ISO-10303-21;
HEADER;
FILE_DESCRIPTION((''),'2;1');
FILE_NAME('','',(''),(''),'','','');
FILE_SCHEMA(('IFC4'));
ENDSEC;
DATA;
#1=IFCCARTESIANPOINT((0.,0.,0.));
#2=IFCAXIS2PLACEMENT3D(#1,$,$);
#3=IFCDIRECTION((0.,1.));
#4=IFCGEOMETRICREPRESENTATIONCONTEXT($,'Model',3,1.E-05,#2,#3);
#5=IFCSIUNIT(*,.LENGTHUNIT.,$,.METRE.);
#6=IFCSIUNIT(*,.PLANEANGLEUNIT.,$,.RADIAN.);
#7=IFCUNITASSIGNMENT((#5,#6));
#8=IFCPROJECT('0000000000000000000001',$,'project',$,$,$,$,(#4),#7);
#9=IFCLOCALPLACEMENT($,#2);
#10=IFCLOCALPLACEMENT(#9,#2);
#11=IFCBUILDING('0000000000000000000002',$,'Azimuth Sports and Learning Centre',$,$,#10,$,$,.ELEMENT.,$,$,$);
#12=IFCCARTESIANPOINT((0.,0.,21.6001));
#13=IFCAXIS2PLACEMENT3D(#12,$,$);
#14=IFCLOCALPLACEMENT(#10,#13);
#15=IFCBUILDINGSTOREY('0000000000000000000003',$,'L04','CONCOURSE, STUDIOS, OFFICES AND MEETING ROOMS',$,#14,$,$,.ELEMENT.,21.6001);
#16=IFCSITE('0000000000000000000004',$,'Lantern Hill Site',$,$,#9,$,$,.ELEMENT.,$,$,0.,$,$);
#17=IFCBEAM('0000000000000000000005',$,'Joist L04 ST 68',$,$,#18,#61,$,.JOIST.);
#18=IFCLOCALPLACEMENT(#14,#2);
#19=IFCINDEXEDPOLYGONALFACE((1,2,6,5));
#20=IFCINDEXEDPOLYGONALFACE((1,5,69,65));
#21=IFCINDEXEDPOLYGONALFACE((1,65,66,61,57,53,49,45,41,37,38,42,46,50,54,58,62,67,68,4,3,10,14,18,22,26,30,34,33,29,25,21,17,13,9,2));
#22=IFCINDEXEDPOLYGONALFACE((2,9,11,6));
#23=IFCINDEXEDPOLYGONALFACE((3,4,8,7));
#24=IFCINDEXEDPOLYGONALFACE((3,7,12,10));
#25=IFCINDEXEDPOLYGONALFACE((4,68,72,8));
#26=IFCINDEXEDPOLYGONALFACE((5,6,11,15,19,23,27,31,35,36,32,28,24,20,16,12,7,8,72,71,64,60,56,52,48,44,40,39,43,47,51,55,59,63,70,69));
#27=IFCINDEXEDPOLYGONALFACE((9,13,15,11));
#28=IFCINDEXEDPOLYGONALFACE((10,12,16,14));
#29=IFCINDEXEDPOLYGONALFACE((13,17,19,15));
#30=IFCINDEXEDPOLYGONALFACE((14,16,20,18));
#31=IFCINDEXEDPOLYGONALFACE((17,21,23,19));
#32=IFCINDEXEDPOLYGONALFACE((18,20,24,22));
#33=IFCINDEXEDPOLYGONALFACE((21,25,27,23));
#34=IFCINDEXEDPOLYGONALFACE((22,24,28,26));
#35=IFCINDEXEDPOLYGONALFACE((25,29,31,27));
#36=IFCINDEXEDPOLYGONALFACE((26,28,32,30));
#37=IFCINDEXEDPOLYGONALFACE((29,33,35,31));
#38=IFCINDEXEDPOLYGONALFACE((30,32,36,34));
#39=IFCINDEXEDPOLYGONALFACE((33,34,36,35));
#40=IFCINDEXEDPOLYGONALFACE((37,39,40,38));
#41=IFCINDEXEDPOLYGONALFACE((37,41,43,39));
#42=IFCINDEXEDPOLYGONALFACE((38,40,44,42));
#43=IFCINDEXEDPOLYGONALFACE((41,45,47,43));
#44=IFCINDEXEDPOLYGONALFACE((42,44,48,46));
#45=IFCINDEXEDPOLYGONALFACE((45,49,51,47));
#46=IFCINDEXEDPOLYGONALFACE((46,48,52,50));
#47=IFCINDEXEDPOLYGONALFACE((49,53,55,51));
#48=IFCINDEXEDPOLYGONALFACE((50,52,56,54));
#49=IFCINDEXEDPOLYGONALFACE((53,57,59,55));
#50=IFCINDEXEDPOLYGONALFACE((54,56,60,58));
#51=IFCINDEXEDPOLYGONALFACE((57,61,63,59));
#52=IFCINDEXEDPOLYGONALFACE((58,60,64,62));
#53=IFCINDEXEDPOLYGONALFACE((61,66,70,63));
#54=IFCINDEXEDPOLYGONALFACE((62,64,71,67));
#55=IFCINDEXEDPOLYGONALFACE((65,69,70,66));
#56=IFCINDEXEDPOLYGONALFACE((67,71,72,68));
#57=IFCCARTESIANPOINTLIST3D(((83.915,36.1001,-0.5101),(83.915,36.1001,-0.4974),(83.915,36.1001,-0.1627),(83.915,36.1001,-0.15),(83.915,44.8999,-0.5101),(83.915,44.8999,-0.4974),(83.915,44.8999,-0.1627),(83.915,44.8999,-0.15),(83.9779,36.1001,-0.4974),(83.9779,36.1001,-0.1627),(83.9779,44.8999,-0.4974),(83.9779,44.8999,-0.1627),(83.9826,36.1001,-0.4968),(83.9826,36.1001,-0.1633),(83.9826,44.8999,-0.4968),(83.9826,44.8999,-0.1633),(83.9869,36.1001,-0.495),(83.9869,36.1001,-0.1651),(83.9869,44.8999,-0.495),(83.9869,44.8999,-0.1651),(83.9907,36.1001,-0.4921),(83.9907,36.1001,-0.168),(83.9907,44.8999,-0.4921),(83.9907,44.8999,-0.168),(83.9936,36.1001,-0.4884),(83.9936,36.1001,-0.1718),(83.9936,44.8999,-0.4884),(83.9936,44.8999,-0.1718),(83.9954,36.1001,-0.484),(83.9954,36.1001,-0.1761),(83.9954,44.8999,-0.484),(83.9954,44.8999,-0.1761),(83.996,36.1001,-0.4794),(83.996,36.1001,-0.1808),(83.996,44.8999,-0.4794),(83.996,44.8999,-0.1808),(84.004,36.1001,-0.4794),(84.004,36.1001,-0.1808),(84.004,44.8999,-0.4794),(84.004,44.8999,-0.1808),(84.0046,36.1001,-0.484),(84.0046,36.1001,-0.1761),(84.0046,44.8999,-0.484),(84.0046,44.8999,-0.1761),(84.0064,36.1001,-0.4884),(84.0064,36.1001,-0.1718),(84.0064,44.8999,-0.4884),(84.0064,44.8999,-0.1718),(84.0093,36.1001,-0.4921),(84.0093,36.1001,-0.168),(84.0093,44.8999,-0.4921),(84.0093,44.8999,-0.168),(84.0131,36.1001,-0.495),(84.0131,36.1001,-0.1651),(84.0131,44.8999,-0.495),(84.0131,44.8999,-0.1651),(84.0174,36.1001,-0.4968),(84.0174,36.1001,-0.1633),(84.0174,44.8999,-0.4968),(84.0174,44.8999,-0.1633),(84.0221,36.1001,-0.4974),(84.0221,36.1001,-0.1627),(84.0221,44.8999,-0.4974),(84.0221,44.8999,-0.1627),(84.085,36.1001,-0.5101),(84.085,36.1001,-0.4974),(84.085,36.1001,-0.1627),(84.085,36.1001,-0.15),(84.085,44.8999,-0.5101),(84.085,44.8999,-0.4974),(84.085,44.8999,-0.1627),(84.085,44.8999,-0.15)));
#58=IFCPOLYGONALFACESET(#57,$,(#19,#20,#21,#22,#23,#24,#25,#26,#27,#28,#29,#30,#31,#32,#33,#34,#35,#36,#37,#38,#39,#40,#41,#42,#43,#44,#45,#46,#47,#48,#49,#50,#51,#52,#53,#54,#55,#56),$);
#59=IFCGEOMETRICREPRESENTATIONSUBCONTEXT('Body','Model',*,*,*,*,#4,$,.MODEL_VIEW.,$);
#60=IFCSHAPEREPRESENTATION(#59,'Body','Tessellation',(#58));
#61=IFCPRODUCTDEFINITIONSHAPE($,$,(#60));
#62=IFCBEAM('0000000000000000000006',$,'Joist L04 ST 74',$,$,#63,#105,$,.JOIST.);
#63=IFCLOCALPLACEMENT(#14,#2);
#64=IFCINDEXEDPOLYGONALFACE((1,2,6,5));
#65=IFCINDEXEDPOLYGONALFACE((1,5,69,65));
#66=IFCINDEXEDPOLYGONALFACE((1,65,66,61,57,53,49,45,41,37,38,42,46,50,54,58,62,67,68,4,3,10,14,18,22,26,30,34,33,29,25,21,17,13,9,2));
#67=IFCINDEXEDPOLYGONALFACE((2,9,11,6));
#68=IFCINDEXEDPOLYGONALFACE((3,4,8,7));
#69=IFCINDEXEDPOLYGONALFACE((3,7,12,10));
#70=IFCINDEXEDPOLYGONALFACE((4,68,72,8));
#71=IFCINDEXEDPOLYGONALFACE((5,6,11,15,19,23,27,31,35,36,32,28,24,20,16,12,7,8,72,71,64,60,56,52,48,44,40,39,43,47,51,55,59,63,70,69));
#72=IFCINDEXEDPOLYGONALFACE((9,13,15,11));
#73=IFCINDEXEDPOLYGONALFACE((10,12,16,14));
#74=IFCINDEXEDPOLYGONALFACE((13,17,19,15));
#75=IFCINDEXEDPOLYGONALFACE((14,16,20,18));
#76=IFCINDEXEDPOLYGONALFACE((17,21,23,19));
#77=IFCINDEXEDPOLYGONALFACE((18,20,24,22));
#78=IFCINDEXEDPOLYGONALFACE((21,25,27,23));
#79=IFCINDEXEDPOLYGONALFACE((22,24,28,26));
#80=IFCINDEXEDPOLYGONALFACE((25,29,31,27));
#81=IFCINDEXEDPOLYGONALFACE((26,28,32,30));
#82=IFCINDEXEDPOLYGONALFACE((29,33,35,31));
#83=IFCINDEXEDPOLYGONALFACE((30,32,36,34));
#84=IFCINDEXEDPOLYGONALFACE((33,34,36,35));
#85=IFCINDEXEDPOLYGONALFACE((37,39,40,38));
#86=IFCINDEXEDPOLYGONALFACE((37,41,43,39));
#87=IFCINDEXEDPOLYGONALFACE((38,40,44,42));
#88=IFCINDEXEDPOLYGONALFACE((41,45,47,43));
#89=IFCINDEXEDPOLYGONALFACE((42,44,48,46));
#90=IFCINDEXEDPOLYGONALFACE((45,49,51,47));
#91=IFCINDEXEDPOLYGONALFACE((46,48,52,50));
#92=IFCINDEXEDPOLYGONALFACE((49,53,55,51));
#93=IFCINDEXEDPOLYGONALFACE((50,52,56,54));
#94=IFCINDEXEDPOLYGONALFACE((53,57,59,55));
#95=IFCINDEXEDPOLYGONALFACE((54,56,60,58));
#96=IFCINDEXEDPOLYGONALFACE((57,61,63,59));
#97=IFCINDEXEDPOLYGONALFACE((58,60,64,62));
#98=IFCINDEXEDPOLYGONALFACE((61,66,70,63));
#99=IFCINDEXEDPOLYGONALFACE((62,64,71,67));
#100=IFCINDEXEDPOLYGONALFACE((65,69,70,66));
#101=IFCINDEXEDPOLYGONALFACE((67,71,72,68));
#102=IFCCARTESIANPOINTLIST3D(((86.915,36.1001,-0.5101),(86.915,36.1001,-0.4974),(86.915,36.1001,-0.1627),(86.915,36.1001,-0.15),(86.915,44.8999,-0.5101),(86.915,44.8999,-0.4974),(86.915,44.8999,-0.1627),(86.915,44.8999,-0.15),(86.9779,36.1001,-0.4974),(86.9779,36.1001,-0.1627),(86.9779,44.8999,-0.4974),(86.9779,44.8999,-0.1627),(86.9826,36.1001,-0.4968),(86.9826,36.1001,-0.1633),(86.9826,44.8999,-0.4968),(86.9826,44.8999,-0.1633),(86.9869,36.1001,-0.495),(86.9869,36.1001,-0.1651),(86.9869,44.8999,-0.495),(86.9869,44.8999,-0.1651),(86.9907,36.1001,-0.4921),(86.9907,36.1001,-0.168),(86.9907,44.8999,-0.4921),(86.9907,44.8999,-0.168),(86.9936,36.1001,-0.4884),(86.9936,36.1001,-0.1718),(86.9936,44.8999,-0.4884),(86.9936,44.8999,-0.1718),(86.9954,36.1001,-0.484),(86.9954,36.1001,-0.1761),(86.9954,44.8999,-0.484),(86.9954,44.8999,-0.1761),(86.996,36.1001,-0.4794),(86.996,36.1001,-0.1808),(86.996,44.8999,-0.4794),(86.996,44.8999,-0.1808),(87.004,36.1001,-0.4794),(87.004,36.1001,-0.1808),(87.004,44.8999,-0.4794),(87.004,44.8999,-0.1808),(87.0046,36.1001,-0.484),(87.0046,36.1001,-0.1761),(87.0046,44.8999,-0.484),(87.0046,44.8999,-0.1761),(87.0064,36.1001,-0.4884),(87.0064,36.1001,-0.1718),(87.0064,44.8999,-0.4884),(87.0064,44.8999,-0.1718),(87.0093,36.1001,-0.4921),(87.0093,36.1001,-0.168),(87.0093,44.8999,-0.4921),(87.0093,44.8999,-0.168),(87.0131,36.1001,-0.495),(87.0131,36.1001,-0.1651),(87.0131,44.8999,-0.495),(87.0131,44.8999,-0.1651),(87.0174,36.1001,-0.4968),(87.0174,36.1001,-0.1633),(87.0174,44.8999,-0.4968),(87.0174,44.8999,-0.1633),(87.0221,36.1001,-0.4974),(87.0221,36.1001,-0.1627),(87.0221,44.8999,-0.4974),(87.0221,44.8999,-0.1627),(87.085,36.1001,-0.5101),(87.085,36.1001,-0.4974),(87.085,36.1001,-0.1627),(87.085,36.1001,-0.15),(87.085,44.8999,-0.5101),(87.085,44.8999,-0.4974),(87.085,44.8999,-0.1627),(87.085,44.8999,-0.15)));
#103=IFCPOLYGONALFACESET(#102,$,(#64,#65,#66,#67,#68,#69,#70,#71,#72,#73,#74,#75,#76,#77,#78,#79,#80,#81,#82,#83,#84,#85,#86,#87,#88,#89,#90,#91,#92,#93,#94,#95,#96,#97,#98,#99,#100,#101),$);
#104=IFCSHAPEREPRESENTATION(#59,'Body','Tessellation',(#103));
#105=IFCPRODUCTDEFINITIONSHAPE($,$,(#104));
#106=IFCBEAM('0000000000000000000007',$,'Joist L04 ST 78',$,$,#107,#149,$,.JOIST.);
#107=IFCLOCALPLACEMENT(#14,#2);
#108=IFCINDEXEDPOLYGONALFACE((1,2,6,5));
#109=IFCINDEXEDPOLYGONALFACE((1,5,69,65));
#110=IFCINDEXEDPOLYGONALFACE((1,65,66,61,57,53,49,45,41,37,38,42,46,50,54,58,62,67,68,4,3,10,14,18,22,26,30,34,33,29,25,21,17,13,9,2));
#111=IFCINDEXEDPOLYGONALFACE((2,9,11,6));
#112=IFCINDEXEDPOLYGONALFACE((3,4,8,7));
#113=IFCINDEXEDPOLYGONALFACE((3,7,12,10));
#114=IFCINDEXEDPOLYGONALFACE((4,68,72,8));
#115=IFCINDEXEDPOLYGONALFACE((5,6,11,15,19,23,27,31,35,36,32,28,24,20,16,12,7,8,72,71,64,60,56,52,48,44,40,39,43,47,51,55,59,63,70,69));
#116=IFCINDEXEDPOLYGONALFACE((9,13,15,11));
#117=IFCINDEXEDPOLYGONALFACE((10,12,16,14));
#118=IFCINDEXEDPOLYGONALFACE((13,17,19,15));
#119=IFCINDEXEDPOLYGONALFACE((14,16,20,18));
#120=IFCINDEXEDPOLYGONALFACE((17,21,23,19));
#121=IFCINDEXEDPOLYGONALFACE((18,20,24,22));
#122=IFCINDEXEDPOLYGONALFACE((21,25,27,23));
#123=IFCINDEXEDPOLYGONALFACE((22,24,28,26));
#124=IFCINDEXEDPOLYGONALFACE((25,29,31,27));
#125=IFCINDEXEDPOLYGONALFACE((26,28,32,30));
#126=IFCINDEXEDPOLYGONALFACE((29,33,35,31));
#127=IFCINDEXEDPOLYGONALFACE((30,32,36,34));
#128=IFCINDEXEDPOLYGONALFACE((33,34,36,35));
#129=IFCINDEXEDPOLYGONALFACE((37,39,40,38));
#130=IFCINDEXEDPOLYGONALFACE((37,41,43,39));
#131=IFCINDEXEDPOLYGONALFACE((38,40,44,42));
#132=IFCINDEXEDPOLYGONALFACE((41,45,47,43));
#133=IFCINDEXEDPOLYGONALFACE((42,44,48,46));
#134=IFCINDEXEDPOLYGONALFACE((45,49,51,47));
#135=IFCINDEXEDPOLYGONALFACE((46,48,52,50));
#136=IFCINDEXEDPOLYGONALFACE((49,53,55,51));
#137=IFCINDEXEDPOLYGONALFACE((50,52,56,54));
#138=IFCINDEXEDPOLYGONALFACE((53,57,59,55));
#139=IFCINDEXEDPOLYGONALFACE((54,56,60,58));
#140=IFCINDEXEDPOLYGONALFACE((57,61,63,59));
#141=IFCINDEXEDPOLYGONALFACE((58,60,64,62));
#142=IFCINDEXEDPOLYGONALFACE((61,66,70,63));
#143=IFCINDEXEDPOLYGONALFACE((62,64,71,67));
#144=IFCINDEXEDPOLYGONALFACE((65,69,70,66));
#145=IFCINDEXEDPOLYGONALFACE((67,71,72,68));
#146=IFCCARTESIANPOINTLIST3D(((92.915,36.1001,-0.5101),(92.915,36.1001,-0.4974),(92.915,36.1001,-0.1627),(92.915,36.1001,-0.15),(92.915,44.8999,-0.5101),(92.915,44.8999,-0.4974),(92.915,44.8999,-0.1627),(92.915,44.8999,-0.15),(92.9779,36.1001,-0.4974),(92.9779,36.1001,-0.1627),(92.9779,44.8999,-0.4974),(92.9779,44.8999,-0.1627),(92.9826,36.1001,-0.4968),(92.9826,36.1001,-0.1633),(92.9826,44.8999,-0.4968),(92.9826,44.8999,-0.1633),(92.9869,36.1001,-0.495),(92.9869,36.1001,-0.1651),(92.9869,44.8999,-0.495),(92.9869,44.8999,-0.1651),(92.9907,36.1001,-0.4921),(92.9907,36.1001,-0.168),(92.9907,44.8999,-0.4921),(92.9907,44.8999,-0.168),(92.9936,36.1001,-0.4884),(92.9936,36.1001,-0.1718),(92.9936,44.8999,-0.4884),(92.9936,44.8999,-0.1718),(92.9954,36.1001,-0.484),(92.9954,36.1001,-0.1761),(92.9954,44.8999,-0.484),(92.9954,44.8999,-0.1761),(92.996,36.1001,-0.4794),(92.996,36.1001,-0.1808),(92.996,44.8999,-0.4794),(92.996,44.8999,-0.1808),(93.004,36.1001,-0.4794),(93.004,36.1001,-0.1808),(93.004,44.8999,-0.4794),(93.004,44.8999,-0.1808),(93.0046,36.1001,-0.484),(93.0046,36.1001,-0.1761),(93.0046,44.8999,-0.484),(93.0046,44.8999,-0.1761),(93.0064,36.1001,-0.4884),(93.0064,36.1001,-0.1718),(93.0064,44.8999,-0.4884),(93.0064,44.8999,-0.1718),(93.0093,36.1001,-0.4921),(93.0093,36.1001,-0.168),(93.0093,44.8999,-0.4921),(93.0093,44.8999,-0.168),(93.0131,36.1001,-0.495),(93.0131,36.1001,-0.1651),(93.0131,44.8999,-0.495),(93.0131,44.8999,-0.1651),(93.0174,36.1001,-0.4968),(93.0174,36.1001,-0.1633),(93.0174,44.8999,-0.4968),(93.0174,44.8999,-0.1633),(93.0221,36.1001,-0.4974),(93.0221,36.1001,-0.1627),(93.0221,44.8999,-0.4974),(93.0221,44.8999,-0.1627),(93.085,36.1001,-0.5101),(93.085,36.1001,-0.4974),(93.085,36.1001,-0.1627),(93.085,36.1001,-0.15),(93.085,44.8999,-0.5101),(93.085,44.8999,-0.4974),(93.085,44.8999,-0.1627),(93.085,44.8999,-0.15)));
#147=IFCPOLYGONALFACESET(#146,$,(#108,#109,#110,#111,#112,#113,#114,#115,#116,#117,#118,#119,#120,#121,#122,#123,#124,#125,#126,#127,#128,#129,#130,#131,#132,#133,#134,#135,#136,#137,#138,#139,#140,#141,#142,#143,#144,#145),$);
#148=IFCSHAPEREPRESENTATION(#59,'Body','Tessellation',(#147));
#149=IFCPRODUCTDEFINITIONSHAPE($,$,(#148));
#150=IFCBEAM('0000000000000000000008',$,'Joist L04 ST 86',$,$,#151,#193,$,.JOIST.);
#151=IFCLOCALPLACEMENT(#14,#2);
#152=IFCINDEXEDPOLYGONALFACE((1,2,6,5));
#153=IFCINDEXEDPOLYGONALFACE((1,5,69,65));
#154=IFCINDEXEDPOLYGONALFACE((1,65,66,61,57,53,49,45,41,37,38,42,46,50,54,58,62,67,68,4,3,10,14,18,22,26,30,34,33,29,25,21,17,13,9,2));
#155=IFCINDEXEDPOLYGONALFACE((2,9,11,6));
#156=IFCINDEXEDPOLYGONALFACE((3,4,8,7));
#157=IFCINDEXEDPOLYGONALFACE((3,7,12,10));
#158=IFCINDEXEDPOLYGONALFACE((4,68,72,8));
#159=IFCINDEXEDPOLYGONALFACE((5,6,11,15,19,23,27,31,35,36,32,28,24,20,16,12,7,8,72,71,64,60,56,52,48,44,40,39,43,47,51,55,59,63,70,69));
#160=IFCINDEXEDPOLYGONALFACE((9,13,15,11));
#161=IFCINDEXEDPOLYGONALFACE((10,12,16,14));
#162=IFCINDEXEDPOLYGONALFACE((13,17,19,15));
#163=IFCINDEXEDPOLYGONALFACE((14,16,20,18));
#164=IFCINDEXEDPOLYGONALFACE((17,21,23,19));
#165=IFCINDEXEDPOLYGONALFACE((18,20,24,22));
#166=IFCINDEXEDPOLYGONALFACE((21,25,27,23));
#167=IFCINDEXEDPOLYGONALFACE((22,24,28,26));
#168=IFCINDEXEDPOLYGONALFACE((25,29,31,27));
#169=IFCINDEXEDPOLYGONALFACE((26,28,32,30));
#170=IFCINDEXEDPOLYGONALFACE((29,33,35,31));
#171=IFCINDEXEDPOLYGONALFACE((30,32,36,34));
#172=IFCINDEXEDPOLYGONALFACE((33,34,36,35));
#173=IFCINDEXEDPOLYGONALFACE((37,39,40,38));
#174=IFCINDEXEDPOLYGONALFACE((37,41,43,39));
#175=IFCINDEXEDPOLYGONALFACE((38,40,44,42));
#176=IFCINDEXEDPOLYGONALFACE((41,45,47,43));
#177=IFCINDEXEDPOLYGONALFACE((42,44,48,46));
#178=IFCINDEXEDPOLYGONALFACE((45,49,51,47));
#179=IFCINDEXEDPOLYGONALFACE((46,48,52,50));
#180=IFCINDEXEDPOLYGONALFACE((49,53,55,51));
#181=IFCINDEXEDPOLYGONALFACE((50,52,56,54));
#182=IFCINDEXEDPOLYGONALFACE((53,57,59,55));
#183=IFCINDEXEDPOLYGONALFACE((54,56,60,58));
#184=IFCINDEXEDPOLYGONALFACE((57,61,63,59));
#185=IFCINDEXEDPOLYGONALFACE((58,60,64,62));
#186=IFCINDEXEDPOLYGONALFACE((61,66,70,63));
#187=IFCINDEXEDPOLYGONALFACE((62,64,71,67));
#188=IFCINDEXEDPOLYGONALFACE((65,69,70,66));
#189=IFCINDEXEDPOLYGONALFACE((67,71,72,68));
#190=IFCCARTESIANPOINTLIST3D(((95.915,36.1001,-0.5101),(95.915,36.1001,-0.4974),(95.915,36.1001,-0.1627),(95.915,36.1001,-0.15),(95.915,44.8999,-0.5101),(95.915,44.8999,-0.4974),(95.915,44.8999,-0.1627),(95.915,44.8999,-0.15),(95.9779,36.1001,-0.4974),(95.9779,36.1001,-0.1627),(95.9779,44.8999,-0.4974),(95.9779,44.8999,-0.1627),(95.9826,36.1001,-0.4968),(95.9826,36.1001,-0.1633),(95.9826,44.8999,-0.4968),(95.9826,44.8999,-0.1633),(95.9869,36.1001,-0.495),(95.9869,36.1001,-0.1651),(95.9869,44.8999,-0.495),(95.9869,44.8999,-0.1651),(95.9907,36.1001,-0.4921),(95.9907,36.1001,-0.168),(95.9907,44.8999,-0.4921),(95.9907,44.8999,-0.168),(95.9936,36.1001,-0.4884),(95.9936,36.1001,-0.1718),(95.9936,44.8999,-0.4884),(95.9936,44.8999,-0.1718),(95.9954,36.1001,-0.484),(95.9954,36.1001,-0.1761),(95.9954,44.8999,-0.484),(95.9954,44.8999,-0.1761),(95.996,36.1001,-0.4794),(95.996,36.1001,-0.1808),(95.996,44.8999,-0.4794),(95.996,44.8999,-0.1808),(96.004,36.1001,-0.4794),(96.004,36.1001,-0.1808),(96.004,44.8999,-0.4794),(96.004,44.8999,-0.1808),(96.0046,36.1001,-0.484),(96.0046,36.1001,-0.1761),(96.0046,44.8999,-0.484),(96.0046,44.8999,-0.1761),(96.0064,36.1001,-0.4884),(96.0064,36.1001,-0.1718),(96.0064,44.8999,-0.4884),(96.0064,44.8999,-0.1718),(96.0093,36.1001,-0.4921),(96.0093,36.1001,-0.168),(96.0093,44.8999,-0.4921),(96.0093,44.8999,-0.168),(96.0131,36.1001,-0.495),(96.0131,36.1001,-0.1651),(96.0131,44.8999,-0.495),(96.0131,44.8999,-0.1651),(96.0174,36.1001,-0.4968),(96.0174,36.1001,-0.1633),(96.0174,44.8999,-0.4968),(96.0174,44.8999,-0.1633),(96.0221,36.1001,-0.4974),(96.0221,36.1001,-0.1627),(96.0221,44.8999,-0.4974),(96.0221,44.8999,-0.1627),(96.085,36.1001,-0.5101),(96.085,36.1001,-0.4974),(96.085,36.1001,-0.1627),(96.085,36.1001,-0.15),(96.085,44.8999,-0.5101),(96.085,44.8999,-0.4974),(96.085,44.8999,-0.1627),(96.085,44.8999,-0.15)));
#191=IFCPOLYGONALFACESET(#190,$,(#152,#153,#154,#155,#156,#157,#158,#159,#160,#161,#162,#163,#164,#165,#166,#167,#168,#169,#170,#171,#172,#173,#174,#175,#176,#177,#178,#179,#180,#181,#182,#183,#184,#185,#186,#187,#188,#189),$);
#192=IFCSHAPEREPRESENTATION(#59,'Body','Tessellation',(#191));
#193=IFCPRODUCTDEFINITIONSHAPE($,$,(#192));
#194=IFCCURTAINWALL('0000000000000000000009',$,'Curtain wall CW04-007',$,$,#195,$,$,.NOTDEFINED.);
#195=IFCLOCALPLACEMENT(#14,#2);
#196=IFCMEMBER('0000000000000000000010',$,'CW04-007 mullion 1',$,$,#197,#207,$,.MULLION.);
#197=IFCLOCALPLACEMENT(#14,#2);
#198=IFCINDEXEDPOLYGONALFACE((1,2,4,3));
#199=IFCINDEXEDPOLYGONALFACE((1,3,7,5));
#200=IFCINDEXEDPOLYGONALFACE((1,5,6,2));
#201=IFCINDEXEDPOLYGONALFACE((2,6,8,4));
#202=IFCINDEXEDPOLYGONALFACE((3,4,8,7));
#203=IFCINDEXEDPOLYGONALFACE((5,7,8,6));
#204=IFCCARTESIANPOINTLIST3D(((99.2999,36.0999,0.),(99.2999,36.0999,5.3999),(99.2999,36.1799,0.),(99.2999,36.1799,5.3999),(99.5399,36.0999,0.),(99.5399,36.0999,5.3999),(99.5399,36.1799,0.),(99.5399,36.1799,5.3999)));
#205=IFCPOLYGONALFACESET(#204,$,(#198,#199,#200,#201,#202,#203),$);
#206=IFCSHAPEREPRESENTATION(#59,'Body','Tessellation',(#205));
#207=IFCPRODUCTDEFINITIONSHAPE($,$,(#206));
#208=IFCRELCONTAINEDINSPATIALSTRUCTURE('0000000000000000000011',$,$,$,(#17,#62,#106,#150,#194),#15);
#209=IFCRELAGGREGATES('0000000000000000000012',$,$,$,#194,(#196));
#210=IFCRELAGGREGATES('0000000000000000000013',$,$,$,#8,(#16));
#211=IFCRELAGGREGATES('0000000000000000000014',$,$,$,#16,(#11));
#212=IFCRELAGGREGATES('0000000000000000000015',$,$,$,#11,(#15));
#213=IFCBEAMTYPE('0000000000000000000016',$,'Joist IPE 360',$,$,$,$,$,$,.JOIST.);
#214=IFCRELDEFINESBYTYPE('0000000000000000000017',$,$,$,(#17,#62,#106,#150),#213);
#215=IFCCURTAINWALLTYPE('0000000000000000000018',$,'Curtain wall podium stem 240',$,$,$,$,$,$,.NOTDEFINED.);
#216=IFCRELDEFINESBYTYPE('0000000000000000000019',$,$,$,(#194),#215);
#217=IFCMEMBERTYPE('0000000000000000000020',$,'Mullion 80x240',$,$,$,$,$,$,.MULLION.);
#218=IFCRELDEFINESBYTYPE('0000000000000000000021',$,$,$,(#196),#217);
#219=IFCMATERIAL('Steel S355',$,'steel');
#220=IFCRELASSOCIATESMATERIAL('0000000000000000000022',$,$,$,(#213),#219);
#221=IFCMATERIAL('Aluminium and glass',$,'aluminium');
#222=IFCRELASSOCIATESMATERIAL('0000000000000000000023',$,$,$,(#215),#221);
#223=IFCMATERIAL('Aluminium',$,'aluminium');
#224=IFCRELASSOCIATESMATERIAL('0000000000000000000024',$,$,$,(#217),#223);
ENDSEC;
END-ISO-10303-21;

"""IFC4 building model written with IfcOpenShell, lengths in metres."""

from ifc_helpers import new_model, si_unit, direction, frame, origin, origin_2d, place, context, subcontext, project, spatial, rectangle, i_section, extrude, material, material_profile, profile_set, type_object, element, aggregate, save


model = new_model("IFC4")

# Units and contexts
model_context = context("Model", 3, precision=1e-05, world=origin(), true_north=direction((0.0, 1.0)))
body_context = subcontext(model_context, "Body", "Model", "MODEL_VIEW")
ifc_project = project(units=[si_unit("LENGTHUNIT", "METRE"), si_unit("PLANEANGLEUNIT", "RADIAN")], contexts=[model_context])

# Site, building, storey
site_placement = place(None, origin())
site = spatial("IfcSite", under=ifc_project, at=site_placement, Name="Lantern Hill Site", CompositionType="ELEMENT", RefElevation=0.0)
building_placement = place(site_placement, origin())
building = spatial("IfcBuilding", under=site, at=building_placement, Name="Azimuth Sports and Learning Centre", CompositionType="ELEMENT")
storey_placement = place(building_placement, frame((0.0, 0.0, 21.6001)))
storey = spatial("IfcBuildingStorey", under=building, at=storey_placement, Name="L04", Description="CONCOURSE, STUDIOS, OFFICES AND MEETING ROOMS", CompositionType="ELEMENT", Elevation=21.6001)

# Beams
ifc_material_1 = material(Name="Steel S355", Category="steel")
ifc_material_profile_1 = material_profile(ifc_material_1, i_section(OverallWidth=0.1699, OverallDepth=0.3601, WebThickness=0.0081, FlangeThickness=0.0127, FilletRadius=0.0181, at=origin_2d()), Name="IPE 360")
ifc_profile_set_1 = profile_set([ifc_material_profile_1], Name="Steel S355")
beam_type_1 = type_object("IfcBeamType", Name="Joist IPE 360", PredefinedType="JOIST", material=ifc_profile_set_1)
for number, where, z_axis, x_axis, name in (
    (1, (84.0, 36.1001, -0.3301), (0.0, 1.0, 0.0), (-1.0, 0.0, 0.0), "Joist L04 ST 68"),
    (2, (87.0, 36.1001, -0.3301), (0.0, 1.0, 0.0), (-1.0, 0.0, 0.0), "Joist L04 ST 74"),
    (3, (93.0, 36.1001, -0.3301), (0.0, 1.0, 0.0), (-1.0, 0.0, 0.0), "Joist L04 ST 78"),
    (4, (96.0, 36.1001, -0.3301), (0.0, 1.0, 0.0), (-1.0, 0.0, 0.0), "Joist L04 ST 86"),
):
    element("IfcBeam", number, at=place(storey_placement, frame(where, z_axis=z_axis, x_axis=x_axis)), inside=storey, type_object=beam_type_1, Name=name, PredefinedType="JOIST", context=body_context, shape_type="SweptSolid", body=[
        extrude(i_section(OverallWidth=0.1699, OverallDepth=0.3601, WebThickness=0.0081, FlangeThickness=0.0127, FilletRadius=0.0181, at=origin_2d()), origin(), (0.0, 0.0, 1.0), 8.7998),
    ])

# Curtain wall, member
ifc_material_2 = material(Name="Aluminium and glass", Category="aluminium")
curtain_wall_type = type_object("IfcCurtainWallType", Name="Curtain wall podium stem 240", PredefinedType="NOTDEFINED", material=ifc_material_2)
curtain_wall_placement = place(storey_placement, origin())
curtain_wall = element("IfcCurtainWall", 5, at=curtain_wall_placement, inside=storey, type_object=curtain_wall_type, Name="Curtain wall CW04-007", PredefinedType="NOTDEFINED")
ifc_material_3 = material(Name="Aluminium", Category="aluminium")
ifc_material_profile_2 = material_profile(ifc_material_3, rectangle(XDim=0.24, YDim=0.0801, at=origin_2d()), Name="Mullion 80x240")
ifc_profile_set_2 = profile_set([ifc_material_profile_2], Name="Aluminium")
member_type_1 = type_object("IfcMemberType", Name="Mullion 80x240", PredefinedType="MULLION", material=ifc_profile_set_2)
member_1_placement = place(storey_placement, frame((99.4199, 36.1399, 0.0), z_axis=(0.0, 0.0, 1.0), x_axis=(-1.0, 0.0, 0.0)))
member_1 = element("IfcMember", 6, at=member_1_placement, type_object=member_type_1, Name="CW04-007 mullion 1", PredefinedType="MULLION", context=body_context, shape_type="SweptSolid", body=[
    extrude(rectangle(XDim=0.24, YDim=0.0801, at=origin_2d()), origin(), (0.0, 0.0, 1.0), 5.3999),
])
aggregate(curtain_wall, [member_1])

save(model, "model.ifc")
